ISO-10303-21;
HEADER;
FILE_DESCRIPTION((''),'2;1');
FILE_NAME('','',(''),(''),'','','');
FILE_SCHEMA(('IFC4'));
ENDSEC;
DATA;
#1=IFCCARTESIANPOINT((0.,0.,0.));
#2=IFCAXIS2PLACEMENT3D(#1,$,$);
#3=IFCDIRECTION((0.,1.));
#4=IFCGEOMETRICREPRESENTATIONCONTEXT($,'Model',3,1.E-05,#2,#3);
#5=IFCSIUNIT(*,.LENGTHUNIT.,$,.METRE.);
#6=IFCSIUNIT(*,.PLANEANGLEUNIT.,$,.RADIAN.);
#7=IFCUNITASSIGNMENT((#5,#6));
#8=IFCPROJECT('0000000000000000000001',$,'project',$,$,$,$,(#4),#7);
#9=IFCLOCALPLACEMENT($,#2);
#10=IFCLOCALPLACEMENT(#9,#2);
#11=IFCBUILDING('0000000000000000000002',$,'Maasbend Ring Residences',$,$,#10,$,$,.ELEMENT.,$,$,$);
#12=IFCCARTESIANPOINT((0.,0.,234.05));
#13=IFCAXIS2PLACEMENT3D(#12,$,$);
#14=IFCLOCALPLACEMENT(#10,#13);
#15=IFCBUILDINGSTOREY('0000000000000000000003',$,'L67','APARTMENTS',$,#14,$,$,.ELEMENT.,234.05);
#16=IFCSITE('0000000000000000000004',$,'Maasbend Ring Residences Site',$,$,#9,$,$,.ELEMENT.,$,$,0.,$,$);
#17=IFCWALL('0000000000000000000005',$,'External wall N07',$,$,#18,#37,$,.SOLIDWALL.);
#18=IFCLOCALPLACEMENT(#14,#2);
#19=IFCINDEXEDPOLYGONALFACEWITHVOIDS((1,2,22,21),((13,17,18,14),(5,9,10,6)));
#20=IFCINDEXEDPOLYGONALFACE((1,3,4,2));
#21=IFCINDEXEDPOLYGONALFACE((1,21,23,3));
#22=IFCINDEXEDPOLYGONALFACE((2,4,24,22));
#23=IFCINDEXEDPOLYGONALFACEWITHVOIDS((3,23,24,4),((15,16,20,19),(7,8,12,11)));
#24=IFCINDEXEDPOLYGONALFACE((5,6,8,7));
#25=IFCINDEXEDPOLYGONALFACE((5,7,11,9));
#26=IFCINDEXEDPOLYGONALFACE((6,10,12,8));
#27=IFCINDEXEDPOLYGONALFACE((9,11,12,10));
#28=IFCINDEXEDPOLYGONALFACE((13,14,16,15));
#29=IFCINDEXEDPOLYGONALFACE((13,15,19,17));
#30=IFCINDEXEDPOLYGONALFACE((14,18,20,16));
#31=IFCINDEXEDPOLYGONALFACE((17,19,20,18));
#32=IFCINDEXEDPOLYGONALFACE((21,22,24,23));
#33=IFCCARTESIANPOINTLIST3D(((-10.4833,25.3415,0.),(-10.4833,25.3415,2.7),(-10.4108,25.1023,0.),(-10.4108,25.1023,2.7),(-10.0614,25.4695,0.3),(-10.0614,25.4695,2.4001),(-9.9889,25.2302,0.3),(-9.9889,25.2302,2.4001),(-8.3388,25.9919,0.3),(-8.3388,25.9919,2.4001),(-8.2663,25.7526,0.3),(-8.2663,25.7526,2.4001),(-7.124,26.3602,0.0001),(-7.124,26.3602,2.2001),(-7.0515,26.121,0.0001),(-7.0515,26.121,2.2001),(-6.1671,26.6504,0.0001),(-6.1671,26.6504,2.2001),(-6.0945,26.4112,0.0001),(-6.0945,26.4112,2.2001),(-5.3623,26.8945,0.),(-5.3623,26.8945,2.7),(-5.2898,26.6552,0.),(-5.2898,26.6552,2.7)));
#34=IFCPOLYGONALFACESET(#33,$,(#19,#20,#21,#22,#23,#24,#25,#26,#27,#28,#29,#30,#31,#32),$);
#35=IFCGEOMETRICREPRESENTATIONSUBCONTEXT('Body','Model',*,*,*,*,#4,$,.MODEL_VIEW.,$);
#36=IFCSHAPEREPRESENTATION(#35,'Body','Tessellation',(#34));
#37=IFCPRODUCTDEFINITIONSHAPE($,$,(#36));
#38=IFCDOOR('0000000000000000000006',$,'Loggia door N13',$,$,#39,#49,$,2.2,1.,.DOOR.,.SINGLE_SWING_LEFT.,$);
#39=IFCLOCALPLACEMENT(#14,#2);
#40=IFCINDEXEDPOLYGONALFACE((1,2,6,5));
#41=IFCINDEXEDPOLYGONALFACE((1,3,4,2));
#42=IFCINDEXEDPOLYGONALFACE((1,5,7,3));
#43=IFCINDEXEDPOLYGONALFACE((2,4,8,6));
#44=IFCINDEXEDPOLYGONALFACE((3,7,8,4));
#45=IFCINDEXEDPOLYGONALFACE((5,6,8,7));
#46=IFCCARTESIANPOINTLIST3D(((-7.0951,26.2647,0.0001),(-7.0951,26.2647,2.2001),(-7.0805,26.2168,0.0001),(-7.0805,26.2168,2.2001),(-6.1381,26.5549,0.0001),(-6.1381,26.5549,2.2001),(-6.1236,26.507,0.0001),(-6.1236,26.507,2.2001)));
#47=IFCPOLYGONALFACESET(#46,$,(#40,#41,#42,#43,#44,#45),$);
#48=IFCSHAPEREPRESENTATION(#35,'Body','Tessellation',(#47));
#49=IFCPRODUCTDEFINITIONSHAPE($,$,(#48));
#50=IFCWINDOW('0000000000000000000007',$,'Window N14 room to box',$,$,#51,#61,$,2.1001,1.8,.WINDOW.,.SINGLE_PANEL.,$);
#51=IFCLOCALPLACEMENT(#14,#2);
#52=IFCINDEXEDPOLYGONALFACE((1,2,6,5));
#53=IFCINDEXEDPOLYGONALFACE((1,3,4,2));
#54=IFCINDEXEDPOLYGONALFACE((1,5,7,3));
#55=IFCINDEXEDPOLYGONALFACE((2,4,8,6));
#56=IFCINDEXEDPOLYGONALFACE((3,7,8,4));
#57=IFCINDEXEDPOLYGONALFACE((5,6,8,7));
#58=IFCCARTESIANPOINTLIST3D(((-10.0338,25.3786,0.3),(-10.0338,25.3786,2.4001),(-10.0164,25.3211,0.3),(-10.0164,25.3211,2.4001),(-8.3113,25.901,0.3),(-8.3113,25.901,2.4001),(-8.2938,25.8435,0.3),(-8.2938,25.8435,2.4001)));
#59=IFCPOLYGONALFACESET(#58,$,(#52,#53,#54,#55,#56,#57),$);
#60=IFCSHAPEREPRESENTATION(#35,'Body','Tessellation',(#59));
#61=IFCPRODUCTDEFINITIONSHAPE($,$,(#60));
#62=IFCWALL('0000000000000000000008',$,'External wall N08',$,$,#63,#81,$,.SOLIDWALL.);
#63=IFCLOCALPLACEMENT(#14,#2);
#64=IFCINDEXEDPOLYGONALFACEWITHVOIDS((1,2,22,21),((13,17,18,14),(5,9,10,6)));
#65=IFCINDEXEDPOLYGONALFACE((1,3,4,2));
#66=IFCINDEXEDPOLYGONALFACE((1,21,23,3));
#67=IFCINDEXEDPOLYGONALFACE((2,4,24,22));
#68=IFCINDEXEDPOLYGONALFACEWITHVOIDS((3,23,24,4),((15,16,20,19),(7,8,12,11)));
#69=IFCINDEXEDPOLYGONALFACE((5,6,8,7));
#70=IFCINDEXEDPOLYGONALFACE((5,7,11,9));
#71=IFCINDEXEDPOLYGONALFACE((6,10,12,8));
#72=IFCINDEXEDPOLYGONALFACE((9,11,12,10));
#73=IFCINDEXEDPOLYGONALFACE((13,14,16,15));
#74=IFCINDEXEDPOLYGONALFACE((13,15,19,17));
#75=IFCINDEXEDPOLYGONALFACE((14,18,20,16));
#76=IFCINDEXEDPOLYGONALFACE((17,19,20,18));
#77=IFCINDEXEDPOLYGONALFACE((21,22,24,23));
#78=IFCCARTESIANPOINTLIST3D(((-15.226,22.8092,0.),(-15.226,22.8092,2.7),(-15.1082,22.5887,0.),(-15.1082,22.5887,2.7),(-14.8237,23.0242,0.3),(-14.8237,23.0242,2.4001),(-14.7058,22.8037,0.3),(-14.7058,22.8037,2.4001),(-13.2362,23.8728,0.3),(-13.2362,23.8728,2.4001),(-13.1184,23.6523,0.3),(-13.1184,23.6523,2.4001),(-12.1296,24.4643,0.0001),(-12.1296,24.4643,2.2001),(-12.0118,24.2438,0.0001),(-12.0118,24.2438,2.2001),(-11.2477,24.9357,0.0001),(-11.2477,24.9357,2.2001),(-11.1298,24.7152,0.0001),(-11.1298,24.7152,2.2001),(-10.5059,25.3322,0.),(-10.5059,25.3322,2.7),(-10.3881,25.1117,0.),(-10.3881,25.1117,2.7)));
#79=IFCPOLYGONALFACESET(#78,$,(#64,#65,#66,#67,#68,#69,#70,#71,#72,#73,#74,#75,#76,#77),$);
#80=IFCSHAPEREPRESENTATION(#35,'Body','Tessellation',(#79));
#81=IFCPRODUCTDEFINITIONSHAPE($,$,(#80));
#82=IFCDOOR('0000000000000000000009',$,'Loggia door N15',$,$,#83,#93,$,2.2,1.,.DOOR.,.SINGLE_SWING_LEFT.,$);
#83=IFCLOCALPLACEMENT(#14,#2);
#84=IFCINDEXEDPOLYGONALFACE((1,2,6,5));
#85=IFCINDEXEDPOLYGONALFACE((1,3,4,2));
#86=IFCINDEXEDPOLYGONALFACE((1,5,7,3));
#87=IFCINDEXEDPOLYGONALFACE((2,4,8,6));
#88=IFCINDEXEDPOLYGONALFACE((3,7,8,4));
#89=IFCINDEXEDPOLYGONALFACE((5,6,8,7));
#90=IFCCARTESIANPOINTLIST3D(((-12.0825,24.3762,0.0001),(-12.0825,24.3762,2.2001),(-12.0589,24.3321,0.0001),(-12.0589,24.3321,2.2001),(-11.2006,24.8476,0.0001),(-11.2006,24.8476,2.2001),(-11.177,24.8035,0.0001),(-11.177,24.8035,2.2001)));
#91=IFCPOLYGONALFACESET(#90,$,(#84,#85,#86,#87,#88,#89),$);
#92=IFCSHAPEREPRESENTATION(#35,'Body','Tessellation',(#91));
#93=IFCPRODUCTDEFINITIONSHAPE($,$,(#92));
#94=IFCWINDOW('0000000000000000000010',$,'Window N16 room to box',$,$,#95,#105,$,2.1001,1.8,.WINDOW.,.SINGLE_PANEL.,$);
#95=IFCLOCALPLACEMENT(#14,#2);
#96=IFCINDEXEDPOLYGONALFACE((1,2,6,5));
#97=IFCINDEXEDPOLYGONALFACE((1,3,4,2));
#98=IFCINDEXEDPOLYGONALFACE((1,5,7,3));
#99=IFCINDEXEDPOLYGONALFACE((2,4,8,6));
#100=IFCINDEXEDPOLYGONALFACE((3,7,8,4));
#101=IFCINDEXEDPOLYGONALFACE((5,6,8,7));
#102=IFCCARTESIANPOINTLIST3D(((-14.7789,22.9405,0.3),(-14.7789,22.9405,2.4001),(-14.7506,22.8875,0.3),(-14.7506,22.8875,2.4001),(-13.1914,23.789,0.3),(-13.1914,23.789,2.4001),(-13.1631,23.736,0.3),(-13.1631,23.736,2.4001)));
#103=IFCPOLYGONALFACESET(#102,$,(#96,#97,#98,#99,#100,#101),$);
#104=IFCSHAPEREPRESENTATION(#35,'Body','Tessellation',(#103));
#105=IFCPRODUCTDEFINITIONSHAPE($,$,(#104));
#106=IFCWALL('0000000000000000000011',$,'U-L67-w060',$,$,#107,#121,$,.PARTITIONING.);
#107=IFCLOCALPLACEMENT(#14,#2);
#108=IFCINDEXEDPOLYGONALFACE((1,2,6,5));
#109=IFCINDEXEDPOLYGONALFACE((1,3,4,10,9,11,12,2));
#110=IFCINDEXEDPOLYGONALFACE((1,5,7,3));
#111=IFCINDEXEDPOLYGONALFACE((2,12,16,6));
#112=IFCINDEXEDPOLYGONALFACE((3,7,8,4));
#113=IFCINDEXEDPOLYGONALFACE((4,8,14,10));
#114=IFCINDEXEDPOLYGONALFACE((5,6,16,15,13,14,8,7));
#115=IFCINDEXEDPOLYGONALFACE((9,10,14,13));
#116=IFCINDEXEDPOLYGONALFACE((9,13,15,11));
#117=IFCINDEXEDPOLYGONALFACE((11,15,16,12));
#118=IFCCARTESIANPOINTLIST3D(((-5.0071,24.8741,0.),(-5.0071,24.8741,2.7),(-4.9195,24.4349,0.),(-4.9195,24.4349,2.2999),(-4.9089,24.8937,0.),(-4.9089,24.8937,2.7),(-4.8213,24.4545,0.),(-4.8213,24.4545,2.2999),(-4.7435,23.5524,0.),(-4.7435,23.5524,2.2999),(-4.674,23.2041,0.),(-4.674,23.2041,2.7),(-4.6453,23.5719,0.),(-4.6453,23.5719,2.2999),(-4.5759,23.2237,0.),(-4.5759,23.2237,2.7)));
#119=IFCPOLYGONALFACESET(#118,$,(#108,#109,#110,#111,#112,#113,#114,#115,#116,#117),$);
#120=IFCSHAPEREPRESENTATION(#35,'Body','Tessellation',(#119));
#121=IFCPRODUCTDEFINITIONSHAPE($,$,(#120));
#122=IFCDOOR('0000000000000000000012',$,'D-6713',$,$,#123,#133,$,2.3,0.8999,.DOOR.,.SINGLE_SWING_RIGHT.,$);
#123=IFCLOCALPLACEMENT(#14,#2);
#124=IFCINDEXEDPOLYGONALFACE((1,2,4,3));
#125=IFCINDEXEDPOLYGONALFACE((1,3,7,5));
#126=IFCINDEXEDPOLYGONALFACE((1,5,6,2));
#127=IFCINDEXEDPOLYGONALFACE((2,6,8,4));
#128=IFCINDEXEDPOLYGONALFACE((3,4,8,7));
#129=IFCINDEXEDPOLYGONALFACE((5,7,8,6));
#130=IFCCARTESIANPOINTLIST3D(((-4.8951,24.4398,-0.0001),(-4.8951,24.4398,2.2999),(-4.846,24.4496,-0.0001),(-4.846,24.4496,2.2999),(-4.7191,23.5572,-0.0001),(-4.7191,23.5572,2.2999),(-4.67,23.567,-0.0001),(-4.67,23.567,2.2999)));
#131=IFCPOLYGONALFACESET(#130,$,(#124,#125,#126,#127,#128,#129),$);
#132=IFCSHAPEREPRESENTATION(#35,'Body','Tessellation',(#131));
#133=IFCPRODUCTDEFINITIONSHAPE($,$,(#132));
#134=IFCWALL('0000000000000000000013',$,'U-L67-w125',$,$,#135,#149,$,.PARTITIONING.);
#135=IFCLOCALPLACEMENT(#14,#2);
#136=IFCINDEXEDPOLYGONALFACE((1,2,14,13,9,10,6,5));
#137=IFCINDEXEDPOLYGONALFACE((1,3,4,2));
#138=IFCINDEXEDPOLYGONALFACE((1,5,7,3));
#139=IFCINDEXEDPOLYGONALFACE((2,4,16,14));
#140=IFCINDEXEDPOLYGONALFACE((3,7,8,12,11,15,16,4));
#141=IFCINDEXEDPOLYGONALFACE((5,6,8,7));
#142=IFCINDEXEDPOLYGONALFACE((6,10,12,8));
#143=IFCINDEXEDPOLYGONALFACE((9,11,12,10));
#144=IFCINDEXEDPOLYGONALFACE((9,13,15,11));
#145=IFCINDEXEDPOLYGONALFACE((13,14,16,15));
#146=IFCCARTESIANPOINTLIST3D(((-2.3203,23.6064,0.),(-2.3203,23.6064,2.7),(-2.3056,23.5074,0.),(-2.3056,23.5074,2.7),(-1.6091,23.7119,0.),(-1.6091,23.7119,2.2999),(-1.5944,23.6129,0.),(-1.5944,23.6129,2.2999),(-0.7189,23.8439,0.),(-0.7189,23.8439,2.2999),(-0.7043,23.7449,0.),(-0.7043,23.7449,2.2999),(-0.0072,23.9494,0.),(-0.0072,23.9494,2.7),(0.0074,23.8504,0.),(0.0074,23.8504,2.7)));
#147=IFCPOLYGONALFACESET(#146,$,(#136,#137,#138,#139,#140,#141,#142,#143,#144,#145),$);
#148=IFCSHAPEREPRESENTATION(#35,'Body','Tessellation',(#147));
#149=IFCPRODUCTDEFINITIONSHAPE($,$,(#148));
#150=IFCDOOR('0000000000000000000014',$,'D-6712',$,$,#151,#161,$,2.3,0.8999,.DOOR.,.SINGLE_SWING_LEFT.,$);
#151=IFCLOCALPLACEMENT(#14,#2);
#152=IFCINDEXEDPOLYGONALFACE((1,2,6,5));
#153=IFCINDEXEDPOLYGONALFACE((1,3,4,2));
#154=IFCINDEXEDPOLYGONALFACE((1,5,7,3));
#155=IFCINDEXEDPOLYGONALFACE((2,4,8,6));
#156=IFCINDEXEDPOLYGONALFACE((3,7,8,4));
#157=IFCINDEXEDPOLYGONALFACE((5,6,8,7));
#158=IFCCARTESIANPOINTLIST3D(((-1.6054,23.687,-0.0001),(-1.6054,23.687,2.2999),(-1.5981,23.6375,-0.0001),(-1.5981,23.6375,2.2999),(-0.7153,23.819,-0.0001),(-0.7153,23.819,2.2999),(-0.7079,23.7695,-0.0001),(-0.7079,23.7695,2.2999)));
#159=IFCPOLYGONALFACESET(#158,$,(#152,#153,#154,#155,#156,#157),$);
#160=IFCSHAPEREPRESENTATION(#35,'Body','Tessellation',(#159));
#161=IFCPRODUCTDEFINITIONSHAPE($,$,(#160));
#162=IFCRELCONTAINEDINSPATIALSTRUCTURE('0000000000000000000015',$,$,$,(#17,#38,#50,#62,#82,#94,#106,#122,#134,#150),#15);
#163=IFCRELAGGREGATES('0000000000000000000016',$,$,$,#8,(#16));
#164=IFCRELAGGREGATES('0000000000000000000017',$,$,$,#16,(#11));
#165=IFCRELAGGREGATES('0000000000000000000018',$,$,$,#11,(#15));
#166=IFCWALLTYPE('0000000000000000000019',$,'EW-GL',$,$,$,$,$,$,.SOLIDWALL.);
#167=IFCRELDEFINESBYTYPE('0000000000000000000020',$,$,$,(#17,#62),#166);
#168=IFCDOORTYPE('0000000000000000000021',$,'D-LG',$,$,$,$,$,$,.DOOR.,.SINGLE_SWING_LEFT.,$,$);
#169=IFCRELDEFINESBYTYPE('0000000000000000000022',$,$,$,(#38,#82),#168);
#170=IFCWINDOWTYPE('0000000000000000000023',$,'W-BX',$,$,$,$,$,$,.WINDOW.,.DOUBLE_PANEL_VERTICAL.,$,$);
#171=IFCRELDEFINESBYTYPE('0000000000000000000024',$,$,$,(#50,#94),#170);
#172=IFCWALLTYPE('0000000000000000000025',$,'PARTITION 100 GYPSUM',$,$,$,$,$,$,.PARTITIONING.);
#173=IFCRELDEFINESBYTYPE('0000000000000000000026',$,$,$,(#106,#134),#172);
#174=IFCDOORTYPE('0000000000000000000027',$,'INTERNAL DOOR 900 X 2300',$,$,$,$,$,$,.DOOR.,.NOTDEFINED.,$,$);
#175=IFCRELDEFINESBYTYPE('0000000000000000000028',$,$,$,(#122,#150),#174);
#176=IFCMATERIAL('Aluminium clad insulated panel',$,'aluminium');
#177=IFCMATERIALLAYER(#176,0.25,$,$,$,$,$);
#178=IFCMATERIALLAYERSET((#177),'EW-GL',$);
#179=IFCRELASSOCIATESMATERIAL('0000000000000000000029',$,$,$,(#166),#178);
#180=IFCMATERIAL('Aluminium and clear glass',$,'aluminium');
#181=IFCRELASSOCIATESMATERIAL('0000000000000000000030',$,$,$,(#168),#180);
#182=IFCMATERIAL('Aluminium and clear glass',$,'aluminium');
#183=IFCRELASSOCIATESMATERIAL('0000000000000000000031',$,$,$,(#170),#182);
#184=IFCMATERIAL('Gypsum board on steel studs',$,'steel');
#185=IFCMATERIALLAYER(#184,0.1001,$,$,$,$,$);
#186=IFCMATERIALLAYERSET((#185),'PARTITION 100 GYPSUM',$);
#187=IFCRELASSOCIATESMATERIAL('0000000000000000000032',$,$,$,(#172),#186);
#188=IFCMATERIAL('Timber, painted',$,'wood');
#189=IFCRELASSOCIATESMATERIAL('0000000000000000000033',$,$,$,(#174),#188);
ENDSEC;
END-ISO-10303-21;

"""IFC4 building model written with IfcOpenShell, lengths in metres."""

from ifc_helpers import new_model, si_unit, direction, frame, frame_2d, origin, place, context, subcontext, project, spatial, rectangle, extrude, material, layer, layer_set, type_object, element, fill, save


model = new_model("IFC4")

# Units and contexts
model_context = context("Model", 3, precision=1e-05, world=origin(), true_north=direction((0.0, 1.0)))
body_context = subcontext(model_context, "Body", "Model", "MODEL_VIEW")
ifc_project = project(units=[si_unit("LENGTHUNIT", "METRE"), si_unit("PLANEANGLEUNIT", "RADIAN")], contexts=[model_context])

# Site, building, storey
site_placement = place(None, origin())
site = spatial("IfcSite", under=ifc_project, at=site_placement, Name="Maasbend Ring Residences Site", CompositionType="ELEMENT", RefElevation=0.0)
building_placement = place(site_placement, origin())
building = spatial("IfcBuilding", under=site, at=building_placement, Name="Maasbend Ring Residences", CompositionType="ELEMENT")
storey_placement = place(building_placement, frame((0.0, 0.0, 234.05)))
storey = spatial("IfcBuildingStorey", under=building, at=storey_placement, Name="L67", Description="APARTMENTS", CompositionType="ELEMENT", Elevation=234.05)

# Walls, openings, doors, windows
ifc_material_1 = material(Name="Aluminium clad insulated panel", Category="aluminium")
ifc_layer_1 = layer(ifc_material_1, 0.25)
ifc_layer_set_1 = layer_set([ifc_layer_1], Name="EW-GL")
wall_type_1 = type_object("IfcWallType", Name="EW-GL", PredefinedType="SOLIDWALL", material=ifc_layer_set_1)
wall_1_placement = place(storey_placement, frame((-5.3259, 26.7749, 0.0), z_axis=(0.0, 0.0, 1.0), x_axis=(-0.956966, -0.290201, 0.0)))
wall_1 = element("IfcWall", 1, at=wall_1_placement, inside=storey, type_object=wall_type_1, Name="External wall N07", PredefinedType="SOLIDWALL", context=body_context, shape_type="SweptSolid", body=[
    extrude(rectangle(XDim=5.3513, YDim=0.25, at=frame_2d((2.6758, 0.0))), origin(), (0.0, 0.0, 1.0), 2.7),
])
opening_1_placement = place(wall_1_placement, frame((0.8411, 0.0, 0.0)))
opening_1 = element("IfcOpeningElement", 2, at=opening_1_placement, cuts=wall_1, PredefinedType="OPENING", context=body_context, shape_type="SweptSolid", body=[
    extrude(rectangle(XDim=1.0, YDim=2.2, at=frame_2d((0.5, 1.1001))), frame((0.0, 0.135, 0.0), z_axis=(0.0, -1.0, 0.0), x_axis=(1.0, 0.0, 0.0)), (0.0, 0.0, 1.0), 0.27),
])
opening_2_placement = place(wall_1_placement, frame((3.1106, 0.0, 0.3)))
opening_2 = element("IfcOpeningElement", 3, at=opening_2_placement, cuts=wall_1, PredefinedType="OPENING", context=body_context, shape_type="SweptSolid", body=[
    extrude(rectangle(XDim=1.8, YDim=2.1001, at=frame_2d((0.8999, 1.05))), frame((0.0, 0.135, 0.0), z_axis=(0.0, -1.0, 0.0), x_axis=(1.0, 0.0, 0.0)), (0.0, 0.0, 1.0), 0.27),
])
ifc_material_2 = material(Name="Aluminium and clear glass", Category="aluminium")
door_type_1 = type_object("IfcDoorType", Name="D-LG", OperationType="SINGLE_SWING_LEFT", PredefinedType="DOOR", material=ifc_material_2)
door_1_placement = place(opening_1_placement, origin())
door_1 = element("IfcDoor", 4, at=door_1_placement, inside=storey, type_object=door_type_1, Name="Loggia door N13", OperationType="SINGLE_SWING_LEFT", OverallHeight=2.2, OverallWidth=1.0, PredefinedType="DOOR", context=body_context, shape_type="SweptSolid", body=[
    extrude(rectangle(XDim=1.0, YDim=2.2, at=frame_2d((0.5, 1.1001))), frame((0.0, 0.0249, 0.0), z_axis=(0.0, -1.0, 0.0), x_axis=(1.0, 0.0, 0.0)), (0.0, 0.0, 1.0), 0.05),
])
fill(opening_1, door_1)
ifc_material_3 = material(Name="Aluminium and clear glass", Category="aluminium")
window_type_1 = type_object("IfcWindowType", Name="W-BX", PartitioningType="DOUBLE_PANEL_VERTICAL", PredefinedType="WINDOW", material=ifc_material_3)
window_1_placement = place(opening_2_placement, origin())
window_1 = element("IfcWindow", 5, at=window_1_placement, inside=storey, type_object=window_type_1, Name="Window N14 room to box", OverallHeight=2.1001, OverallWidth=1.8, PartitioningType="SINGLE_PANEL", PredefinedType="WINDOW", context=body_context, shape_type="SweptSolid", body=[
    extrude(rectangle(XDim=1.8, YDim=2.1001, at=frame_2d((0.8999, 1.05))), frame((0.0, 0.03, 0.0), z_axis=(0.0, -1.0, 0.0), x_axis=(1.0, 0.0, 0.0)), (0.0, 0.0, 1.0), 0.0601),
])
fill(opening_2, window_1)
wall_2_placement = place(storey_placement, frame((-10.447, 25.2219, 0.0), z_axis=(0.0, 0.0, 1.0), x_axis=(-0.881916, -0.471407, 0.0)))
wall_2 = element("IfcWall", 6, at=wall_2_placement, inside=storey, type_object=wall_type_1, Name="External wall N08", PredefinedType="SOLIDWALL", context=body_context, shape_type="SweptSolid", body=[
    extrude(rectangle(XDim=5.3521, YDim=0.25, at=frame_2d((2.676, 0.0))), origin(), (0.0, 0.0, 1.0), 2.7),
])
opening_3_placement = place(wall_2_placement, frame((0.8411, 0.0, 0.0)))
opening_3 = element("IfcOpeningElement", 7, at=opening_3_placement, cuts=wall_2, PredefinedType="OPENING", context=body_context, shape_type="SweptSolid", body=[
    extrude(rectangle(XDim=1.0, YDim=2.2, at=frame_2d((0.5, 1.1001))), frame((0.0, 0.135, 0.0), z_axis=(0.0, -1.0, 0.0), x_axis=(1.0, 0.0, 0.0)), (0.0, 0.0, 1.0), 0.27),
])
opening_4_placement = place(wall_2_placement, frame((3.0959, 0.0, 0.3)))
opening_4 = element("IfcOpeningElement", 8, at=opening_4_placement, cuts=wall_2, PredefinedType="OPENING", context=body_context, shape_type="SweptSolid", body=[
    extrude(rectangle(XDim=1.8, YDim=2.1001, at=frame_2d((0.8999, 1.05))), frame((0.0, 0.135, 0.0), z_axis=(0.0, -1.0, 0.0), x_axis=(1.0, 0.0, 0.0)), (0.0, 0.0, 1.0), 0.27),
])
door_2_placement = place(opening_3_placement, origin())
door_2 = element("IfcDoor", 9, at=door_2_placement, inside=storey, type_object=door_type_1, Name="Loggia door N15", OperationType="SINGLE_SWING_LEFT", OverallHeight=2.2, OverallWidth=1.0, PredefinedType="DOOR", context=body_context, shape_type="SweptSolid", body=[
    extrude(rectangle(XDim=1.0, YDim=2.2, at=frame_2d((0.5, 1.1001))), frame((0.0, 0.0249, 0.0), z_axis=(0.0, -1.0, 0.0), x_axis=(1.0, 0.0, 0.0)), (0.0, 0.0, 1.0), 0.05),
])
fill(opening_3, door_2)
window_2_placement = place(opening_4_placement, origin())
window_2 = element("IfcWindow", 10, at=window_2_placement, inside=storey, type_object=window_type_1, Name="Window N16 room to box", OverallHeight=2.1001, OverallWidth=1.8, PartitioningType="SINGLE_PANEL", PredefinedType="WINDOW", context=body_context, shape_type="SweptSolid", body=[
    extrude(rectangle(XDim=1.8, YDim=2.1001, at=frame_2d((0.8999, 1.05))), frame((0.0, 0.03, 0.0), z_axis=(0.0, -1.0, 0.0), x_axis=(1.0, 0.0, 0.0)), (0.0, 0.0, 1.0), 0.0601),
])
fill(opening_4, window_2)

# Walls, openings, doors
ifc_material_4 = material(Name="Gypsum board on steel studs", Category="steel")
ifc_layer_2 = layer(ifc_material_4, 0.1001)
ifc_layer_set_2 = layer_set([ifc_layer_2], Name="PARTITION 100 GYPSUM")
wall_type_2 = type_object("IfcWallType", Name="PARTITION 100 GYPSUM", PredefinedType="PARTITIONING", material=ifc_layer_set_2)
wall_3_placement = place(storey_placement, frame((-4.958, 24.884, 0.0), z_axis=(0.0, 0.0, 1.0), x_axis=(0.195565, -0.980691, 0.0)))
wall_3 = element("IfcWall", 11, at=wall_3_placement, inside=storey, type_object=wall_type_2, Name="U-L67-w060", PredefinedType="PARTITIONING", context=body_context, shape_type="SweptSolid", body=[
    extrude(rectangle(XDim=1.7029, YDim=0.1001, at=frame_2d((0.8516, 0.0))), origin(), (0.0, 0.0, 1.0), 2.7),
])
opening_5_placement = place(wall_3_placement, frame((0.448, 0.0, 0.0)))
opening_5 = element("IfcOpeningElement", 12, at=opening_5_placement, cuts=wall_3, PredefinedType="OPENING", context=body_context, shape_type="SweptSolid", body=[
    extrude(rectangle(XDim=0.8999, YDim=2.3, at=frame_2d((0.45, 1.1499))), frame((0.0, 0.0601, 0.0), z_axis=(0.0, -1.0, 0.0), x_axis=(1.0, 0.0, 0.0)), (0.0, 0.0, 1.0), 0.1201),
])
ifc_material_5 = material(Name="Timber, painted", Category="wood")
door_type_2 = type_object("IfcDoorType", Name="INTERNAL DOOR 900 X 2300", OperationType="NOTDEFINED", PredefinedType="DOOR", material=ifc_material_5)
door_3_placement = place(opening_5_placement, origin())
door_3 = element("IfcDoor", 13, at=door_3_placement, inside=storey, type_object=door_type_2, Name="D-6713", OperationType="SINGLE_SWING_RIGHT", OverallHeight=2.3, OverallWidth=0.8999, PredefinedType="DOOR", context=body_context, shape_type="SweptSolid", body=[
    extrude(rectangle(XDim=0.8999, YDim=2.3, at=frame_2d((0.45, 1.1499))), frame((0.0, 0.0249, 0.0), z_axis=(0.0, -1.0, 0.0), x_axis=(1.0, 0.0, 0.0)), (0.0, 0.0, 1.0), 0.05),
])
fill(opening_5, door_3)
wall_4_placement = place(storey_placement, frame((-2.313, 23.5569, 0.0), z_axis=(0.0, 0.0, 1.0), x_axis=(0.989182, 0.146696, 0.0)))
wall_4 = element("IfcWall", 14, at=wall_4_placement, inside=storey, type_object=wall_type_2, Name="U-L67-w125", PredefinedType="PARTITIONING", context=body_context, shape_type="SweptSolid", body=[
    extrude(rectangle(XDim=2.3384, YDim=0.1001, at=frame_2d((1.1692, 0.0))), origin(), (0.0, 0.0, 1.0), 2.7),
])
opening_6_placement = place(wall_4_placement, frame((0.719, 0.0, 0.0)))
opening_6 = element("IfcOpeningElement", 15, at=opening_6_placement, cuts=wall_4, PredefinedType="OPENING", context=body_context, shape_type="SweptSolid", body=[
    extrude(rectangle(XDim=0.8999, YDim=2.3, at=frame_2d((0.45, 1.1499))), frame((0.0, 0.0601, 0.0), z_axis=(0.0, -1.0, 0.0), x_axis=(1.0, 0.0, 0.0)), (0.0, 0.0, 1.0), 0.1201),
])
door_4_placement = place(opening_6_placement, origin())
door_4 = element("IfcDoor", 16, at=door_4_placement, inside=storey, type_object=door_type_2, Name="D-6712", OperationType="SINGLE_SWING_LEFT", OverallHeight=2.3, OverallWidth=0.8999, PredefinedType="DOOR", context=body_context, shape_type="SweptSolid", body=[
    extrude(rectangle(XDim=0.8999, YDim=2.3, at=frame_2d((0.45, 1.1499))), frame((0.0, 0.0249, 0.0), z_axis=(0.0, -1.0, 0.0), x_axis=(1.0, 0.0, 0.0)), (0.0, 0.0, 1.0), 0.05),
])
fill(opening_6, door_4)

save(model, "model.ifc")
